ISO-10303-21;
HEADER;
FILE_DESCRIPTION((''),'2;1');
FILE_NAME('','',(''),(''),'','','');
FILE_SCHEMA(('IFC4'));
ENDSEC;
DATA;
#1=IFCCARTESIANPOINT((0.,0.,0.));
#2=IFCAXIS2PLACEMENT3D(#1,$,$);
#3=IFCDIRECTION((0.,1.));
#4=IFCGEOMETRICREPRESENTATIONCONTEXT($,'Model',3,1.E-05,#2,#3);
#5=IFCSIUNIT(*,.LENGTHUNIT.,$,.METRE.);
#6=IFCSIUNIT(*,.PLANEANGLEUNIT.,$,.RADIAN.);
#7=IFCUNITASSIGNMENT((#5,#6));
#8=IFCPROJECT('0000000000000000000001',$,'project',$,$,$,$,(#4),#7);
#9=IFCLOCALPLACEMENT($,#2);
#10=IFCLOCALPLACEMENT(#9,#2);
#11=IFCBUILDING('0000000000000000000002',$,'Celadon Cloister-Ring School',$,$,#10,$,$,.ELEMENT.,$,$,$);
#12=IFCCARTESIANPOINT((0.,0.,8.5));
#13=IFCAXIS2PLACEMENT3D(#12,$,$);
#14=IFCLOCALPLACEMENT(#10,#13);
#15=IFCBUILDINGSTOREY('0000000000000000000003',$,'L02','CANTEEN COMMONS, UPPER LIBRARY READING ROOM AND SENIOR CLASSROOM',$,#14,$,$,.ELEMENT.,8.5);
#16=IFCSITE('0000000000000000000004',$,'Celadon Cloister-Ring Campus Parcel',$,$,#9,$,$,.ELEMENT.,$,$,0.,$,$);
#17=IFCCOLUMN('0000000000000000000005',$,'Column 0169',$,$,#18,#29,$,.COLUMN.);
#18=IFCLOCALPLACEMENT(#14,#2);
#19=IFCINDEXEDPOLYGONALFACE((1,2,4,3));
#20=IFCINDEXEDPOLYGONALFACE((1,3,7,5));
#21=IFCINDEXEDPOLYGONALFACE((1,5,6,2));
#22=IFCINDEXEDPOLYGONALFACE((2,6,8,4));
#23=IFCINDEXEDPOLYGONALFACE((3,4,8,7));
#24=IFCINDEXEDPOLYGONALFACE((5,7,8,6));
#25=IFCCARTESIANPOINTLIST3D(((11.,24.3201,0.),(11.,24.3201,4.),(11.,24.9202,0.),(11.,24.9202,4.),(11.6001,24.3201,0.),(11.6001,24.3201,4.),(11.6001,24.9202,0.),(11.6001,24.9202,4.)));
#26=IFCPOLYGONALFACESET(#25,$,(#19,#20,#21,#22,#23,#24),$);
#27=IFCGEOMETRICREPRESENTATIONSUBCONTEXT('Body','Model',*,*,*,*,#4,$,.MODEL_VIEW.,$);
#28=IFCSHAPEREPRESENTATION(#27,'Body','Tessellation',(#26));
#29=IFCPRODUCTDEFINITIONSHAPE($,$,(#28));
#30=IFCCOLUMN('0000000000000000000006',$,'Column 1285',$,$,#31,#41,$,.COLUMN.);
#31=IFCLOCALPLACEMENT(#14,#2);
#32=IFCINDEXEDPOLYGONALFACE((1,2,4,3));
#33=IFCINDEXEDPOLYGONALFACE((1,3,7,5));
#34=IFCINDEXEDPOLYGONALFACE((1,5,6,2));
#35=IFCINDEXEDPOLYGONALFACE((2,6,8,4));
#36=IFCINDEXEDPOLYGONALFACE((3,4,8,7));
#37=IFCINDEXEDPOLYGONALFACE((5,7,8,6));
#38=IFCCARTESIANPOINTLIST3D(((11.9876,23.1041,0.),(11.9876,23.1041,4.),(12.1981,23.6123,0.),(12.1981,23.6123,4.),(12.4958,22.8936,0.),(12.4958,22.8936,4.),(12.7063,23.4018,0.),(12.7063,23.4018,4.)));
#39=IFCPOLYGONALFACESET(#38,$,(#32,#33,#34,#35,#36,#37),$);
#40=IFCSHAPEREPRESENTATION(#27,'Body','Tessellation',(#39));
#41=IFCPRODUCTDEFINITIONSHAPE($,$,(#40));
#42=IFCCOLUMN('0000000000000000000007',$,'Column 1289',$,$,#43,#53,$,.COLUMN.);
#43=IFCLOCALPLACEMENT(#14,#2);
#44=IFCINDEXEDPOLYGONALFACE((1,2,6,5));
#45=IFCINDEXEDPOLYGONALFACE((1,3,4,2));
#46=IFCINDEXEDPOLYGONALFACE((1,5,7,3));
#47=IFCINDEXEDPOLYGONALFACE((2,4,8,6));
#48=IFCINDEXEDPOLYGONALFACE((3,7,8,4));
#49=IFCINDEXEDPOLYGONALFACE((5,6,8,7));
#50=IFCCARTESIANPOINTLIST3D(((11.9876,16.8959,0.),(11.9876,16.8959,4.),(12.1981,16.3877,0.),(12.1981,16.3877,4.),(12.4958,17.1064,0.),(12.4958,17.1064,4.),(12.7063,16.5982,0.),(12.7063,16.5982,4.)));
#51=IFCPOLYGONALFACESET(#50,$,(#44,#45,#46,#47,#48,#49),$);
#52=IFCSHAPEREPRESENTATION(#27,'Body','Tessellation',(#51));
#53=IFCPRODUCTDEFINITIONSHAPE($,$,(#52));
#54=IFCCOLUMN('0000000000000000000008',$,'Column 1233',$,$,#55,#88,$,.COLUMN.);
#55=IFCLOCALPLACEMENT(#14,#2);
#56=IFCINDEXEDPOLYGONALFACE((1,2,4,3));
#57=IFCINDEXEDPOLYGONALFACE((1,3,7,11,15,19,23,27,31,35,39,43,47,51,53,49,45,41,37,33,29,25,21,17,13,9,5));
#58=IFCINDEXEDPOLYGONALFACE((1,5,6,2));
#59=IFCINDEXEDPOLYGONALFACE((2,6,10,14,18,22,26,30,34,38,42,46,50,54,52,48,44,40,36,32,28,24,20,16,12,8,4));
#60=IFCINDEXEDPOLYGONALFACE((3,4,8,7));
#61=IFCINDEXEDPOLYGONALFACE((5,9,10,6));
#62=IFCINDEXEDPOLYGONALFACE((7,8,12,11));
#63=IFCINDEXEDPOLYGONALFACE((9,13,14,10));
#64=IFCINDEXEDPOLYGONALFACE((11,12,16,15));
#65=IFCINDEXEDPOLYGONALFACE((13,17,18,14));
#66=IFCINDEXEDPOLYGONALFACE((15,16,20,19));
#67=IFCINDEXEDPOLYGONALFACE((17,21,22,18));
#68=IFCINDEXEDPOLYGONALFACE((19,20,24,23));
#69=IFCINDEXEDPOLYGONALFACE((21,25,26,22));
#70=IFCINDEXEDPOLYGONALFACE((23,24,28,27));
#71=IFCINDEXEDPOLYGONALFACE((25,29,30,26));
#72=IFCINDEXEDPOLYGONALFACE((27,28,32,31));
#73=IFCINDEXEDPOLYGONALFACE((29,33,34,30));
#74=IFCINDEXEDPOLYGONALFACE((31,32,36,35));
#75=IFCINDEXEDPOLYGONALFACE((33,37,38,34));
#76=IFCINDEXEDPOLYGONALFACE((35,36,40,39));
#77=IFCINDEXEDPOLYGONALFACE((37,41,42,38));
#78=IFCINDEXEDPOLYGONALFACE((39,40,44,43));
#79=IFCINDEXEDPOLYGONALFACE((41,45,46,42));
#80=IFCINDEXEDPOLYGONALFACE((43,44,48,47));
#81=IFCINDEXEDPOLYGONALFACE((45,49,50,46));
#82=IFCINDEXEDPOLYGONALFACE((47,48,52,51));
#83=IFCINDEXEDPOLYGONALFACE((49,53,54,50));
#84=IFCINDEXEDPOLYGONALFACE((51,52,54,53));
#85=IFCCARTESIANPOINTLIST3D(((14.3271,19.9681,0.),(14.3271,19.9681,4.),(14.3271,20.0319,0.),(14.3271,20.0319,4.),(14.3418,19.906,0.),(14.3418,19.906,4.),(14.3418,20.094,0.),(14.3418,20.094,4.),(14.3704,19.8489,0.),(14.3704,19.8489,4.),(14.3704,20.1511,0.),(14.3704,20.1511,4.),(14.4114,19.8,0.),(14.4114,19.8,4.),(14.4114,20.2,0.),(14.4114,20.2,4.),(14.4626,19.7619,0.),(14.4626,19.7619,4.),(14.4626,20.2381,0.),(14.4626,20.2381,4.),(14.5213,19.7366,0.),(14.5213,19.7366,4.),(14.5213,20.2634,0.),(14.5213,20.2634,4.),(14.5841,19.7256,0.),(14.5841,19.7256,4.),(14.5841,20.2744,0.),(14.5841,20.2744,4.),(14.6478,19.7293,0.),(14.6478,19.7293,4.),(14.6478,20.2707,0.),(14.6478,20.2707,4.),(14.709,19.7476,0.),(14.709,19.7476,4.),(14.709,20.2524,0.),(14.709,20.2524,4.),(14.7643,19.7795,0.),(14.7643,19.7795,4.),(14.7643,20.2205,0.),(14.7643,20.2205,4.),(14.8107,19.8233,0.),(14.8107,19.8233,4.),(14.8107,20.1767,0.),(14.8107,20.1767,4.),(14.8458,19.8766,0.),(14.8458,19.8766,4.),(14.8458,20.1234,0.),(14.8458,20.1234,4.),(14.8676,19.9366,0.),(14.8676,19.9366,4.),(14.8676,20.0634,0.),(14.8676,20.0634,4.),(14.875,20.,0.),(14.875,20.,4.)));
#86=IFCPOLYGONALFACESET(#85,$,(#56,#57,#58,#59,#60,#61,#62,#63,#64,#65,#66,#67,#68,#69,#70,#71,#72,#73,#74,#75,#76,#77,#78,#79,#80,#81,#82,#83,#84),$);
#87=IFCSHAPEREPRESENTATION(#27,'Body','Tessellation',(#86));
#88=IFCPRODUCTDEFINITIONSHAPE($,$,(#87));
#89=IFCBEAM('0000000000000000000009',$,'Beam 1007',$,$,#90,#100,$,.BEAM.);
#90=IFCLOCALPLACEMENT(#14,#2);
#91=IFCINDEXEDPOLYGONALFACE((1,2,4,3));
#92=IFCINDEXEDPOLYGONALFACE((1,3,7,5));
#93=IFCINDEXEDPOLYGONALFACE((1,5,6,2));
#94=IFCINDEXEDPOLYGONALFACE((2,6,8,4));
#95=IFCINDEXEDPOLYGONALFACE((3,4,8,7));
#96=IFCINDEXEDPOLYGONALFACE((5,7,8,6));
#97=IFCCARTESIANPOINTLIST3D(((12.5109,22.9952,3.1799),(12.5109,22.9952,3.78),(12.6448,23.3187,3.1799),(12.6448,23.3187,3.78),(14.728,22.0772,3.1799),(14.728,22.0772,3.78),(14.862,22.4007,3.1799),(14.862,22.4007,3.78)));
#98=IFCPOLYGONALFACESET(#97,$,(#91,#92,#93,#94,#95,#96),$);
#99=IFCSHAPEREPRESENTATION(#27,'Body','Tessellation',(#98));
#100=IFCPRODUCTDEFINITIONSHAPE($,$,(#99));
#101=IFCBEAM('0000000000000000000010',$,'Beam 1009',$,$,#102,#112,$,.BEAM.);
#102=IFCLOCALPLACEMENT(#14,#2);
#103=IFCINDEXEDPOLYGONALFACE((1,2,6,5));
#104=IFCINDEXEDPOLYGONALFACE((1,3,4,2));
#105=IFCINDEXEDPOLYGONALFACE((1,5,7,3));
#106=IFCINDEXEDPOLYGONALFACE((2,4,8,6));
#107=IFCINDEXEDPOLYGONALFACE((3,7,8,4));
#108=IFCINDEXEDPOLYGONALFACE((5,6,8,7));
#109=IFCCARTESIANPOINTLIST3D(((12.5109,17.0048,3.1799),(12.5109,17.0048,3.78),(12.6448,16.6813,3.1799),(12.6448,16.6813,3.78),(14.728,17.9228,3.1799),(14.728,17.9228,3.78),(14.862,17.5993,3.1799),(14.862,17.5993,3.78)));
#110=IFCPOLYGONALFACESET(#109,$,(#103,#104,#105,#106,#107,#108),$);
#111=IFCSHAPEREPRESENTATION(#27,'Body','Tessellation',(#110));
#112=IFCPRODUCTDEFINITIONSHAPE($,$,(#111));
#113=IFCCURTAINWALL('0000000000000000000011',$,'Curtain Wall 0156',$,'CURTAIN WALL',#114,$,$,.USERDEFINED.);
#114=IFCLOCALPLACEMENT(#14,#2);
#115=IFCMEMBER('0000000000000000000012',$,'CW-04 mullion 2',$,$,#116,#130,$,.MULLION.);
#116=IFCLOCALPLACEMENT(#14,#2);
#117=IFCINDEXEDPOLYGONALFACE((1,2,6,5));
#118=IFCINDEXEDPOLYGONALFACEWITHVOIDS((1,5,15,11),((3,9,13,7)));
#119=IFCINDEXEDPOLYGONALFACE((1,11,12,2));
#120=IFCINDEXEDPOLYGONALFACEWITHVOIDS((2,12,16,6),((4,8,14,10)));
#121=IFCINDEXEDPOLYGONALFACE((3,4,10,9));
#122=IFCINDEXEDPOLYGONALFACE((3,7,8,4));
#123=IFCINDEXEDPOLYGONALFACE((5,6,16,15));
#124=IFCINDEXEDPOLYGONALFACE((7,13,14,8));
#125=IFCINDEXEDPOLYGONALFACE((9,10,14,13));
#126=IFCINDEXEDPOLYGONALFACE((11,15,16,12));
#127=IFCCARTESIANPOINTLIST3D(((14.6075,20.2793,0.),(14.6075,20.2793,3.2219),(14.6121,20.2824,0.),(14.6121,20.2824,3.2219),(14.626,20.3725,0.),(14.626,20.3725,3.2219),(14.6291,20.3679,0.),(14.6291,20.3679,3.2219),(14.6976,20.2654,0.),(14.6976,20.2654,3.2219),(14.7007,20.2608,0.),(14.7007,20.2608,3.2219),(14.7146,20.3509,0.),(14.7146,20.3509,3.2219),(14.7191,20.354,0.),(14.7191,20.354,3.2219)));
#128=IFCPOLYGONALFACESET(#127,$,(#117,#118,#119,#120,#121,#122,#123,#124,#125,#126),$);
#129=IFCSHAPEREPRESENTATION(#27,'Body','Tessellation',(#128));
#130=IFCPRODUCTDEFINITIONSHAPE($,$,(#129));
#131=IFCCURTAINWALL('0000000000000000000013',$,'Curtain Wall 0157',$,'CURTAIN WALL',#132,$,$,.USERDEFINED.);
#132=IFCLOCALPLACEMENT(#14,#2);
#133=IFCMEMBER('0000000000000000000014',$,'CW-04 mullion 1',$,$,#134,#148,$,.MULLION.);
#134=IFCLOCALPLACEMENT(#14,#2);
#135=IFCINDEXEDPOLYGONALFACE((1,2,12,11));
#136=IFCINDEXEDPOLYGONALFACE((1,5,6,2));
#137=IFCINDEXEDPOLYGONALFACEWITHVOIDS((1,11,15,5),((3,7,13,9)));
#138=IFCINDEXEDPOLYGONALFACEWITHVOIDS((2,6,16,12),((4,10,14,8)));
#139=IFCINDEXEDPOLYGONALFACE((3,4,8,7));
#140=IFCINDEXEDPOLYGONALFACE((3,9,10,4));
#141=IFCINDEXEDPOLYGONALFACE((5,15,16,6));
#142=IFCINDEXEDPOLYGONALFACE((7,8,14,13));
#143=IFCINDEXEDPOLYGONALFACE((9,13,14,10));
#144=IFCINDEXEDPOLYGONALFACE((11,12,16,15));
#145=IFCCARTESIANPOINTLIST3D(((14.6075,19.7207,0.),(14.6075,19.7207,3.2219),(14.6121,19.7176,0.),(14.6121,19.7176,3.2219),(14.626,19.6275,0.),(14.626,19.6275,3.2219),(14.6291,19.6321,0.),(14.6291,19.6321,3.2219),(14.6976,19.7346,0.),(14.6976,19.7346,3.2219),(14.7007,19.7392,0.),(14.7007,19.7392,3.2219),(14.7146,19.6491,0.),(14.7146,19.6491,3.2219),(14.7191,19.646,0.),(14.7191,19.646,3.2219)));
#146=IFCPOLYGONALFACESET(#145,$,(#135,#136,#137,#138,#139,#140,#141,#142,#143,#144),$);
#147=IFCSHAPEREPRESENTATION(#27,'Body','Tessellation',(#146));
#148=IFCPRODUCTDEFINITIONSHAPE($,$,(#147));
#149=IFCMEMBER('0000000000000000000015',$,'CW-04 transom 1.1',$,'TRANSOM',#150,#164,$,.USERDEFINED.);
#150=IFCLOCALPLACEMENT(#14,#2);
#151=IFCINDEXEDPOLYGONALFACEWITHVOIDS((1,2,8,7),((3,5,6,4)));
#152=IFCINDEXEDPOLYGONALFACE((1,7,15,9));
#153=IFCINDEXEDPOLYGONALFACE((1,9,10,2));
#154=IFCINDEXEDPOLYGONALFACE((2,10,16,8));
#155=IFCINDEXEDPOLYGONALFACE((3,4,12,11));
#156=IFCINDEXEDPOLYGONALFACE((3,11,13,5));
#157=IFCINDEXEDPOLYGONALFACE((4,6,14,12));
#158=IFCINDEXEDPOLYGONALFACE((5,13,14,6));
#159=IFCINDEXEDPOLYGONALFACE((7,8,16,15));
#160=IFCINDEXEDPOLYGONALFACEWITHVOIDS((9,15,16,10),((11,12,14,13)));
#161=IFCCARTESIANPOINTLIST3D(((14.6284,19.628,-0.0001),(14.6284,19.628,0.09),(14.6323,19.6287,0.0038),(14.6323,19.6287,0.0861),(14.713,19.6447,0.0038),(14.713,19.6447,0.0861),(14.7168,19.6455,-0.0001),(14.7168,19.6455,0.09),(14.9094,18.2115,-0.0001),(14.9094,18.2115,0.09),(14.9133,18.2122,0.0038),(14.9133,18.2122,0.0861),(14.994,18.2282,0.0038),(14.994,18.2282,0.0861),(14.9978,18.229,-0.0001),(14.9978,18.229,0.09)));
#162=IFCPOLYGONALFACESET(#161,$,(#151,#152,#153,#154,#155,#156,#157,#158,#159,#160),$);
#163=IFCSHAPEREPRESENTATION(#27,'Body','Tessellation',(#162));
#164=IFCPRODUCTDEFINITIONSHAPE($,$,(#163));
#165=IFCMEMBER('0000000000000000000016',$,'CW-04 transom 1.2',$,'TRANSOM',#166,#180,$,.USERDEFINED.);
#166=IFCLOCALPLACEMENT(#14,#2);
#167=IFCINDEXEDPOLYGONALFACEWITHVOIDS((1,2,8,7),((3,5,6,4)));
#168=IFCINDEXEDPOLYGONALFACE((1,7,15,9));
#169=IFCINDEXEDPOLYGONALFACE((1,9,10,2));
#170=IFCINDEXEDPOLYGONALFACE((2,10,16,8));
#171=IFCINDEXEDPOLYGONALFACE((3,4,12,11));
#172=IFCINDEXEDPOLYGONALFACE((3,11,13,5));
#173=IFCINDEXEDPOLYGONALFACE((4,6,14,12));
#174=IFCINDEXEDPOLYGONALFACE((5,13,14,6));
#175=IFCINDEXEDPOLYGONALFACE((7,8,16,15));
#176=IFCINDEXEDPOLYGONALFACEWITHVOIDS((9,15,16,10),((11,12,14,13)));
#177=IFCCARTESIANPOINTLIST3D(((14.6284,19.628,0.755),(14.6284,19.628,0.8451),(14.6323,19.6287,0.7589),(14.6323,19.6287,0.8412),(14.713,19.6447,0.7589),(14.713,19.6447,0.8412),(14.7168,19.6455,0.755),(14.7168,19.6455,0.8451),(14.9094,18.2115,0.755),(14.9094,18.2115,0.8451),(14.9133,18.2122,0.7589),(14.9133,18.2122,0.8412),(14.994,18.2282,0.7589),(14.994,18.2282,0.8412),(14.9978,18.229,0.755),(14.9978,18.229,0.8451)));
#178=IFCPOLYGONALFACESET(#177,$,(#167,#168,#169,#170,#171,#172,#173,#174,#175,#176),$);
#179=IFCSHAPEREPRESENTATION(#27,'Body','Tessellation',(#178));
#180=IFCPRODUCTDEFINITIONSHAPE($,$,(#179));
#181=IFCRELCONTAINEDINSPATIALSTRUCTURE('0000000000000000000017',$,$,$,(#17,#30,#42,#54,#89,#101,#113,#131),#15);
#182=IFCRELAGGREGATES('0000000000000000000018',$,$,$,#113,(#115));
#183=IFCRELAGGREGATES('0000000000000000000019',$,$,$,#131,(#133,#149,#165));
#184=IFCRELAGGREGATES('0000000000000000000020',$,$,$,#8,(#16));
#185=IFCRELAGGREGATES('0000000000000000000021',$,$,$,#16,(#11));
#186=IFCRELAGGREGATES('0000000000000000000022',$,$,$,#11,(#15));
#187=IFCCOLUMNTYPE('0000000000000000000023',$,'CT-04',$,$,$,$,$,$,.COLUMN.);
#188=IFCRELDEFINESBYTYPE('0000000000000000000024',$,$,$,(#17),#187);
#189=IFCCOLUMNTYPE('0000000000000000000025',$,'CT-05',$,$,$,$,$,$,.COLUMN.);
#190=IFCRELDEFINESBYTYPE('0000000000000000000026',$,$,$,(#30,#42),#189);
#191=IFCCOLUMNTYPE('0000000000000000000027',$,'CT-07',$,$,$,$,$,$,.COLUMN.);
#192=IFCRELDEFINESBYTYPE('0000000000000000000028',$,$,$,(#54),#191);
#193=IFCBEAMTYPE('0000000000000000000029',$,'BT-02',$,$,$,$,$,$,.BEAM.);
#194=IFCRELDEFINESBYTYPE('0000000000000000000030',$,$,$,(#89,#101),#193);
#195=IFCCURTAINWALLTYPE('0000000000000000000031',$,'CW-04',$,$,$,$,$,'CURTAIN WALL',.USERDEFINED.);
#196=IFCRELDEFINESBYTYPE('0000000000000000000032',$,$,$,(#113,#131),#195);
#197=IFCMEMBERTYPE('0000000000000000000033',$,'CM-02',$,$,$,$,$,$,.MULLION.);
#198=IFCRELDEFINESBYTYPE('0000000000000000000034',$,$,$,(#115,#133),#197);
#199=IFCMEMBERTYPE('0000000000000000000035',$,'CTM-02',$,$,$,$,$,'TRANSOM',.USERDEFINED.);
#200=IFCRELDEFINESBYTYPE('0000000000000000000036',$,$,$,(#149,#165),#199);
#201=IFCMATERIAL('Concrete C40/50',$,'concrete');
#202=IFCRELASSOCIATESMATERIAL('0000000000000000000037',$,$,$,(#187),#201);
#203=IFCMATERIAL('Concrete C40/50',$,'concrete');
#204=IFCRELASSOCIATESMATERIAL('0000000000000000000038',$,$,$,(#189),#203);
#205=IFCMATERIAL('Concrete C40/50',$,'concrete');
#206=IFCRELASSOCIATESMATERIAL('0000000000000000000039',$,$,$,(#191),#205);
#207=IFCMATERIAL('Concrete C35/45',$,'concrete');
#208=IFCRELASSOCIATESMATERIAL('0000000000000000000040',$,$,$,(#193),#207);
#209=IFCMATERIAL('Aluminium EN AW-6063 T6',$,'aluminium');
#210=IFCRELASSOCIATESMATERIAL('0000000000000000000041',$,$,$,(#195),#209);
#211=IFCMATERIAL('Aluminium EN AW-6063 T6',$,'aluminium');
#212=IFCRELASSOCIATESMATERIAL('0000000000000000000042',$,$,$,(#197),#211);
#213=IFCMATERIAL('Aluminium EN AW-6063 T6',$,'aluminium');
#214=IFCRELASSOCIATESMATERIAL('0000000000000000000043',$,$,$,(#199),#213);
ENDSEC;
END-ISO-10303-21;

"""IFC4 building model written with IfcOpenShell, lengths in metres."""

from ifc_helpers import new_model, si_unit, direction, frame, origin, origin_2d, place, context, subcontext, project, spatial, rectangle, hollow_rectangle, circle, extrude, material, material_profile, profile_set, type_object, element, aggregate, save


model = new_model("IFC4")

# Units and contexts
model_context = context("Model", 3, precision=1e-05, world=origin(), true_north=direction((0.0, 1.0)))
body_context = subcontext(model_context, "Body", "Model", "MODEL_VIEW")
ifc_project = project(units=[si_unit("LENGTHUNIT", "METRE"), si_unit("PLANEANGLEUNIT", "RADIAN")], contexts=[model_context])

# Site, building, storey
site_placement = place(None, origin())
site = spatial("IfcSite", under=ifc_project, at=site_placement, Name="Celadon Cloister-Ring Campus Parcel", CompositionType="ELEMENT", RefElevation=0.0)
building_placement = place(site_placement, origin())
building = spatial("IfcBuilding", under=site, at=building_placement, Name="Celadon Cloister-Ring School", CompositionType="ELEMENT")
storey_placement = place(building_placement, frame((0.0, 0.0, 8.5)))
storey = spatial("IfcBuildingStorey", under=building, at=storey_placement, Name="L02", Description="CANTEEN COMMONS, UPPER LIBRARY READING ROOM AND SENIOR CLASSROOM", CompositionType="ELEMENT", Elevation=8.5)

# Columns
ifc_material_1 = material(Name="Concrete C40/50", Category="concrete")
ifc_material_profile_1 = material_profile(ifc_material_1, rectangle(XDim=0.6001, YDim=0.6001, at=origin_2d()), Name="RC600X600")
ifc_profile_set_1 = profile_set([ifc_material_profile_1], Name="Concrete C40/50")
column_type_1 = type_object("IfcColumnType", Name="CT-04", PredefinedType="COLUMN", material=ifc_profile_set_1)
column_1_placement = place(storey_placement, frame((11.3, 24.6201, 0.0), z_axis=(0.0, 0.0, 1.0), x_axis=(1.0, 0.0, 0.0)))
element("IfcColumn", 1, at=column_1_placement, inside=storey, type_object=column_type_1, Name="Column 0169", PredefinedType="COLUMN", context=body_context, shape_type="SweptSolid", body=[
    extrude(rectangle(XDim=0.6001, YDim=0.6001, at=origin_2d()), origin(), (0.0, 0.0, 1.0), 4.0),
])
ifc_material_2 = material(Name="Concrete C40/50", Category="concrete")
ifc_material_profile_2 = material_profile(ifc_material_2, rectangle(XDim=0.55, YDim=0.55, at=origin_2d()), Name="RC550X550")
ifc_profile_set_2 = profile_set([ifc_material_profile_2], Name="Concrete C40/50")
column_type_2 = type_object("IfcColumnType", Name="CT-05", PredefinedType="COLUMN", material=ifc_profile_set_2)
for number, where, z_axis, x_axis, name in (
    (2, (12.3469, 23.2529, 0.0), (0.0, 0.0, 1.0), (-0.92388, 0.382683, 0.0), "Column 1285"),
    (3, (12.3469, 16.7471, 0.0), (0.0, 0.0, 1.0), (-0.92388, -0.382683, 0.0), "Column 1289"),
):
    element("IfcColumn", number, at=place(storey_placement, frame(where, z_axis=z_axis, x_axis=x_axis)), inside=storey, type_object=column_type_2, Name=name, PredefinedType="COLUMN", context=body_context, shape_type="SweptSolid", body=[
        extrude(rectangle(XDim=0.55, YDim=0.55, at=origin_2d()), origin(), (0.0, 0.0, 1.0), 4.0),
    ])
ifc_material_3 = material(Name="Concrete C40/50", Category="concrete")
ifc_material_profile_3 = material_profile(ifc_material_3, circle(Radius=0.2749, at=origin_2d()), Name="CIRC550")
ifc_profile_set_3 = profile_set([ifc_material_profile_3], Name="Concrete C40/50")
column_type_3 = type_object("IfcColumnType", Name="CT-07", PredefinedType="COLUMN", material=ifc_profile_set_3)
column_2_placement = place(storey_placement, frame((14.6001, 20.0, 0.0), z_axis=(0.0, 0.0, 1.0), x_axis=(1.0, 0.0, 0.0)))
element("IfcColumn", 4, at=column_2_placement, inside=storey, type_object=column_type_3, Name="Column 1233", PredefinedType="COLUMN", context=body_context, shape_type="SweptSolid", body=[
    extrude(circle(Radius=0.2749, at=origin_2d()), origin(), (0.0, 0.0, 1.0), 4.0),
])

# Beams
ifc_material_4 = material(Name="Concrete C35/45", Category="concrete")
ifc_material_profile_4 = material_profile(ifc_material_4, rectangle(XDim=0.3501, YDim=0.6001, at=origin_2d()), Name="RC350X600")
ifc_profile_set_4 = profile_set([ifc_material_profile_4], Name="Concrete C35/45")
beam_type_1 = type_object("IfcBeamType", Name="BT-02", PredefinedType="BEAM", material=ifc_profile_set_4)
for number, where, z_axis, x_axis, name in (
    (5, (12.5779, 23.157, 3.48), (0.923933, -0.382555, 0.0), (0.382555, 0.923933, 0.0), "Beam 1007"),
    (6, (12.5779, 16.843, 3.48), (0.923933, 0.382555, 0.0), (-0.382555, 0.923933, 0.0), "Beam 1009"),
):
    element("IfcBeam", number, at=place(storey_placement, frame(where, z_axis=z_axis, x_axis=x_axis)), inside=storey, type_object=beam_type_1, Name=name, PredefinedType="BEAM", context=body_context, shape_type="SweptSolid", body=[
        extrude(rectangle(XDim=0.3501, YDim=0.6001, at=origin_2d()), origin(), (0.0, 0.0, 1.0), 2.3997),
    ])

# Curtain wall, member
ifc_material_5 = material(Name="Aluminium EN AW-6063 T6", Category="aluminium")
curtain_wall_type = type_object("IfcCurtainWallType", Name="CW-04", ElementType="CURTAIN WALL", PredefinedType="USERDEFINED", material=ifc_material_5)
curtain_wall_1_placement = place(storey_placement, origin())
curtain_wall_1 = element("IfcCurtainWall", 7, at=curtain_wall_1_placement, inside=storey, type_object=curtain_wall_type, Name="Curtain Wall 0156", ObjectType="CURTAIN WALL", PredefinedType="USERDEFINED")
ifc_material_6 = material(Name="Aluminium EN AW-6063 T6", Category="aluminium")
ifc_material_profile_5 = material_profile(ifc_material_6, hollow_rectangle(XDim=0.095, YDim=0.095, WallThickness=0.0039, at=origin_2d()), Name="RHS95X95X4")
ifc_profile_set_5 = profile_set([ifc_material_profile_5], Name="Aluminium EN AW-6063 T6")
member_type_1 = type_object("IfcMemberType", Name="CM-02", PredefinedType="MULLION", material=ifc_profile_set_5)
member_1_placement = place(storey_placement, frame((14.6633, 20.3167, 0.0), z_axis=(0.0, 0.0, 1.0), x_axis=(0.980885, -0.194586, 0.0)))
member_1 = element("IfcMember", 8, at=member_1_placement, type_object=member_type_1, Name="CW-04 mullion 2", PredefinedType="MULLION", context=body_context, shape_type="SweptSolid", body=[
    extrude(hollow_rectangle(XDim=0.095, YDim=0.095, WallThickness=0.0039, at=origin_2d()), origin(), (0.0, 0.0, 1.0), 3.2219),
])
aggregate(curtain_wall_1, [member_1])

# Curtain wall, members
curtain_wall_2_placement = place(storey_placement, origin())
curtain_wall_2 = element("IfcCurtainWall", 9, at=curtain_wall_2_placement, inside=storey, type_object=curtain_wall_type, Name="Curtain Wall 0157", ObjectType="CURTAIN WALL", PredefinedType="USERDEFINED")
member_2_placement = place(storey_placement, frame((14.6633, 19.6833, 0.0), z_axis=(0.0, 0.0, 1.0), x_axis=(0.980885, 0.194586, 0.0)))
member_2 = element("IfcMember", 10, at=member_2_placement, type_object=member_type_1, Name="CW-04 mullion 1", PredefinedType="MULLION", context=body_context, shape_type="SweptSolid", body=[
    extrude(hollow_rectangle(XDim=0.095, YDim=0.095, WallThickness=0.0039, at=origin_2d()), origin(), (0.0, 0.0, 1.0), 3.2219),
])
ifc_material_7 = material(Name="Aluminium EN AW-6063 T6", Category="aluminium")
ifc_material_profile_6 = material_profile(ifc_material_7, hollow_rectangle(XDim=0.0901, YDim=0.0901, WallThickness=0.0039, at=origin_2d()), Name="RHS90X90X4")
ifc_profile_set_6 = profile_set([ifc_material_profile_6], Name="Aluminium EN AW-6063 T6")
member_type_2 = type_object("IfcMemberType", Name="CTM-02", ElementType="TRANSOM", PredefinedType="USERDEFINED", material=ifc_profile_set_6)
member_3_placement = place(storey_placement, frame((14.6726, 19.6367, 0.0449), z_axis=(0.194588, -0.980885, 0.0), x_axis=(0.980885, 0.194588, 0.0)))
member_3 = element("IfcMember", 11, at=member_3_placement, type_object=member_type_2, Name="CW-04 transom 1.1", ObjectType="TRANSOM", PredefinedType="USERDEFINED", context=body_context, shape_type="SweptSolid", body=[
    extrude(hollow_rectangle(XDim=0.0901, YDim=0.0901, WallThickness=0.0039, at=origin_2d()), origin(), (0.0, 0.0, 1.0), 1.4441),
])
member_4_placement = place(storey_placement, frame((14.6726, 19.6367, 0.8), z_axis=(0.194588, -0.980885, 0.0), x_axis=(0.980885, 0.194588, 0.0)))
member_4 = element("IfcMember", 12, at=member_4_placement, type_object=member_type_2, Name="CW-04 transom 1.2", ObjectType="TRANSOM", PredefinedType="USERDEFINED", context=body_context, shape_type="SweptSolid", body=[
    extrude(hollow_rectangle(XDim=0.0901, YDim=0.0901, WallThickness=0.0039, at=origin_2d()), origin(), (0.0, 0.0, 1.0), 1.4441),
])

aggregate(curtain_wall_2, [member_2, member_3, member_4])

save(model, "model.ifc")
